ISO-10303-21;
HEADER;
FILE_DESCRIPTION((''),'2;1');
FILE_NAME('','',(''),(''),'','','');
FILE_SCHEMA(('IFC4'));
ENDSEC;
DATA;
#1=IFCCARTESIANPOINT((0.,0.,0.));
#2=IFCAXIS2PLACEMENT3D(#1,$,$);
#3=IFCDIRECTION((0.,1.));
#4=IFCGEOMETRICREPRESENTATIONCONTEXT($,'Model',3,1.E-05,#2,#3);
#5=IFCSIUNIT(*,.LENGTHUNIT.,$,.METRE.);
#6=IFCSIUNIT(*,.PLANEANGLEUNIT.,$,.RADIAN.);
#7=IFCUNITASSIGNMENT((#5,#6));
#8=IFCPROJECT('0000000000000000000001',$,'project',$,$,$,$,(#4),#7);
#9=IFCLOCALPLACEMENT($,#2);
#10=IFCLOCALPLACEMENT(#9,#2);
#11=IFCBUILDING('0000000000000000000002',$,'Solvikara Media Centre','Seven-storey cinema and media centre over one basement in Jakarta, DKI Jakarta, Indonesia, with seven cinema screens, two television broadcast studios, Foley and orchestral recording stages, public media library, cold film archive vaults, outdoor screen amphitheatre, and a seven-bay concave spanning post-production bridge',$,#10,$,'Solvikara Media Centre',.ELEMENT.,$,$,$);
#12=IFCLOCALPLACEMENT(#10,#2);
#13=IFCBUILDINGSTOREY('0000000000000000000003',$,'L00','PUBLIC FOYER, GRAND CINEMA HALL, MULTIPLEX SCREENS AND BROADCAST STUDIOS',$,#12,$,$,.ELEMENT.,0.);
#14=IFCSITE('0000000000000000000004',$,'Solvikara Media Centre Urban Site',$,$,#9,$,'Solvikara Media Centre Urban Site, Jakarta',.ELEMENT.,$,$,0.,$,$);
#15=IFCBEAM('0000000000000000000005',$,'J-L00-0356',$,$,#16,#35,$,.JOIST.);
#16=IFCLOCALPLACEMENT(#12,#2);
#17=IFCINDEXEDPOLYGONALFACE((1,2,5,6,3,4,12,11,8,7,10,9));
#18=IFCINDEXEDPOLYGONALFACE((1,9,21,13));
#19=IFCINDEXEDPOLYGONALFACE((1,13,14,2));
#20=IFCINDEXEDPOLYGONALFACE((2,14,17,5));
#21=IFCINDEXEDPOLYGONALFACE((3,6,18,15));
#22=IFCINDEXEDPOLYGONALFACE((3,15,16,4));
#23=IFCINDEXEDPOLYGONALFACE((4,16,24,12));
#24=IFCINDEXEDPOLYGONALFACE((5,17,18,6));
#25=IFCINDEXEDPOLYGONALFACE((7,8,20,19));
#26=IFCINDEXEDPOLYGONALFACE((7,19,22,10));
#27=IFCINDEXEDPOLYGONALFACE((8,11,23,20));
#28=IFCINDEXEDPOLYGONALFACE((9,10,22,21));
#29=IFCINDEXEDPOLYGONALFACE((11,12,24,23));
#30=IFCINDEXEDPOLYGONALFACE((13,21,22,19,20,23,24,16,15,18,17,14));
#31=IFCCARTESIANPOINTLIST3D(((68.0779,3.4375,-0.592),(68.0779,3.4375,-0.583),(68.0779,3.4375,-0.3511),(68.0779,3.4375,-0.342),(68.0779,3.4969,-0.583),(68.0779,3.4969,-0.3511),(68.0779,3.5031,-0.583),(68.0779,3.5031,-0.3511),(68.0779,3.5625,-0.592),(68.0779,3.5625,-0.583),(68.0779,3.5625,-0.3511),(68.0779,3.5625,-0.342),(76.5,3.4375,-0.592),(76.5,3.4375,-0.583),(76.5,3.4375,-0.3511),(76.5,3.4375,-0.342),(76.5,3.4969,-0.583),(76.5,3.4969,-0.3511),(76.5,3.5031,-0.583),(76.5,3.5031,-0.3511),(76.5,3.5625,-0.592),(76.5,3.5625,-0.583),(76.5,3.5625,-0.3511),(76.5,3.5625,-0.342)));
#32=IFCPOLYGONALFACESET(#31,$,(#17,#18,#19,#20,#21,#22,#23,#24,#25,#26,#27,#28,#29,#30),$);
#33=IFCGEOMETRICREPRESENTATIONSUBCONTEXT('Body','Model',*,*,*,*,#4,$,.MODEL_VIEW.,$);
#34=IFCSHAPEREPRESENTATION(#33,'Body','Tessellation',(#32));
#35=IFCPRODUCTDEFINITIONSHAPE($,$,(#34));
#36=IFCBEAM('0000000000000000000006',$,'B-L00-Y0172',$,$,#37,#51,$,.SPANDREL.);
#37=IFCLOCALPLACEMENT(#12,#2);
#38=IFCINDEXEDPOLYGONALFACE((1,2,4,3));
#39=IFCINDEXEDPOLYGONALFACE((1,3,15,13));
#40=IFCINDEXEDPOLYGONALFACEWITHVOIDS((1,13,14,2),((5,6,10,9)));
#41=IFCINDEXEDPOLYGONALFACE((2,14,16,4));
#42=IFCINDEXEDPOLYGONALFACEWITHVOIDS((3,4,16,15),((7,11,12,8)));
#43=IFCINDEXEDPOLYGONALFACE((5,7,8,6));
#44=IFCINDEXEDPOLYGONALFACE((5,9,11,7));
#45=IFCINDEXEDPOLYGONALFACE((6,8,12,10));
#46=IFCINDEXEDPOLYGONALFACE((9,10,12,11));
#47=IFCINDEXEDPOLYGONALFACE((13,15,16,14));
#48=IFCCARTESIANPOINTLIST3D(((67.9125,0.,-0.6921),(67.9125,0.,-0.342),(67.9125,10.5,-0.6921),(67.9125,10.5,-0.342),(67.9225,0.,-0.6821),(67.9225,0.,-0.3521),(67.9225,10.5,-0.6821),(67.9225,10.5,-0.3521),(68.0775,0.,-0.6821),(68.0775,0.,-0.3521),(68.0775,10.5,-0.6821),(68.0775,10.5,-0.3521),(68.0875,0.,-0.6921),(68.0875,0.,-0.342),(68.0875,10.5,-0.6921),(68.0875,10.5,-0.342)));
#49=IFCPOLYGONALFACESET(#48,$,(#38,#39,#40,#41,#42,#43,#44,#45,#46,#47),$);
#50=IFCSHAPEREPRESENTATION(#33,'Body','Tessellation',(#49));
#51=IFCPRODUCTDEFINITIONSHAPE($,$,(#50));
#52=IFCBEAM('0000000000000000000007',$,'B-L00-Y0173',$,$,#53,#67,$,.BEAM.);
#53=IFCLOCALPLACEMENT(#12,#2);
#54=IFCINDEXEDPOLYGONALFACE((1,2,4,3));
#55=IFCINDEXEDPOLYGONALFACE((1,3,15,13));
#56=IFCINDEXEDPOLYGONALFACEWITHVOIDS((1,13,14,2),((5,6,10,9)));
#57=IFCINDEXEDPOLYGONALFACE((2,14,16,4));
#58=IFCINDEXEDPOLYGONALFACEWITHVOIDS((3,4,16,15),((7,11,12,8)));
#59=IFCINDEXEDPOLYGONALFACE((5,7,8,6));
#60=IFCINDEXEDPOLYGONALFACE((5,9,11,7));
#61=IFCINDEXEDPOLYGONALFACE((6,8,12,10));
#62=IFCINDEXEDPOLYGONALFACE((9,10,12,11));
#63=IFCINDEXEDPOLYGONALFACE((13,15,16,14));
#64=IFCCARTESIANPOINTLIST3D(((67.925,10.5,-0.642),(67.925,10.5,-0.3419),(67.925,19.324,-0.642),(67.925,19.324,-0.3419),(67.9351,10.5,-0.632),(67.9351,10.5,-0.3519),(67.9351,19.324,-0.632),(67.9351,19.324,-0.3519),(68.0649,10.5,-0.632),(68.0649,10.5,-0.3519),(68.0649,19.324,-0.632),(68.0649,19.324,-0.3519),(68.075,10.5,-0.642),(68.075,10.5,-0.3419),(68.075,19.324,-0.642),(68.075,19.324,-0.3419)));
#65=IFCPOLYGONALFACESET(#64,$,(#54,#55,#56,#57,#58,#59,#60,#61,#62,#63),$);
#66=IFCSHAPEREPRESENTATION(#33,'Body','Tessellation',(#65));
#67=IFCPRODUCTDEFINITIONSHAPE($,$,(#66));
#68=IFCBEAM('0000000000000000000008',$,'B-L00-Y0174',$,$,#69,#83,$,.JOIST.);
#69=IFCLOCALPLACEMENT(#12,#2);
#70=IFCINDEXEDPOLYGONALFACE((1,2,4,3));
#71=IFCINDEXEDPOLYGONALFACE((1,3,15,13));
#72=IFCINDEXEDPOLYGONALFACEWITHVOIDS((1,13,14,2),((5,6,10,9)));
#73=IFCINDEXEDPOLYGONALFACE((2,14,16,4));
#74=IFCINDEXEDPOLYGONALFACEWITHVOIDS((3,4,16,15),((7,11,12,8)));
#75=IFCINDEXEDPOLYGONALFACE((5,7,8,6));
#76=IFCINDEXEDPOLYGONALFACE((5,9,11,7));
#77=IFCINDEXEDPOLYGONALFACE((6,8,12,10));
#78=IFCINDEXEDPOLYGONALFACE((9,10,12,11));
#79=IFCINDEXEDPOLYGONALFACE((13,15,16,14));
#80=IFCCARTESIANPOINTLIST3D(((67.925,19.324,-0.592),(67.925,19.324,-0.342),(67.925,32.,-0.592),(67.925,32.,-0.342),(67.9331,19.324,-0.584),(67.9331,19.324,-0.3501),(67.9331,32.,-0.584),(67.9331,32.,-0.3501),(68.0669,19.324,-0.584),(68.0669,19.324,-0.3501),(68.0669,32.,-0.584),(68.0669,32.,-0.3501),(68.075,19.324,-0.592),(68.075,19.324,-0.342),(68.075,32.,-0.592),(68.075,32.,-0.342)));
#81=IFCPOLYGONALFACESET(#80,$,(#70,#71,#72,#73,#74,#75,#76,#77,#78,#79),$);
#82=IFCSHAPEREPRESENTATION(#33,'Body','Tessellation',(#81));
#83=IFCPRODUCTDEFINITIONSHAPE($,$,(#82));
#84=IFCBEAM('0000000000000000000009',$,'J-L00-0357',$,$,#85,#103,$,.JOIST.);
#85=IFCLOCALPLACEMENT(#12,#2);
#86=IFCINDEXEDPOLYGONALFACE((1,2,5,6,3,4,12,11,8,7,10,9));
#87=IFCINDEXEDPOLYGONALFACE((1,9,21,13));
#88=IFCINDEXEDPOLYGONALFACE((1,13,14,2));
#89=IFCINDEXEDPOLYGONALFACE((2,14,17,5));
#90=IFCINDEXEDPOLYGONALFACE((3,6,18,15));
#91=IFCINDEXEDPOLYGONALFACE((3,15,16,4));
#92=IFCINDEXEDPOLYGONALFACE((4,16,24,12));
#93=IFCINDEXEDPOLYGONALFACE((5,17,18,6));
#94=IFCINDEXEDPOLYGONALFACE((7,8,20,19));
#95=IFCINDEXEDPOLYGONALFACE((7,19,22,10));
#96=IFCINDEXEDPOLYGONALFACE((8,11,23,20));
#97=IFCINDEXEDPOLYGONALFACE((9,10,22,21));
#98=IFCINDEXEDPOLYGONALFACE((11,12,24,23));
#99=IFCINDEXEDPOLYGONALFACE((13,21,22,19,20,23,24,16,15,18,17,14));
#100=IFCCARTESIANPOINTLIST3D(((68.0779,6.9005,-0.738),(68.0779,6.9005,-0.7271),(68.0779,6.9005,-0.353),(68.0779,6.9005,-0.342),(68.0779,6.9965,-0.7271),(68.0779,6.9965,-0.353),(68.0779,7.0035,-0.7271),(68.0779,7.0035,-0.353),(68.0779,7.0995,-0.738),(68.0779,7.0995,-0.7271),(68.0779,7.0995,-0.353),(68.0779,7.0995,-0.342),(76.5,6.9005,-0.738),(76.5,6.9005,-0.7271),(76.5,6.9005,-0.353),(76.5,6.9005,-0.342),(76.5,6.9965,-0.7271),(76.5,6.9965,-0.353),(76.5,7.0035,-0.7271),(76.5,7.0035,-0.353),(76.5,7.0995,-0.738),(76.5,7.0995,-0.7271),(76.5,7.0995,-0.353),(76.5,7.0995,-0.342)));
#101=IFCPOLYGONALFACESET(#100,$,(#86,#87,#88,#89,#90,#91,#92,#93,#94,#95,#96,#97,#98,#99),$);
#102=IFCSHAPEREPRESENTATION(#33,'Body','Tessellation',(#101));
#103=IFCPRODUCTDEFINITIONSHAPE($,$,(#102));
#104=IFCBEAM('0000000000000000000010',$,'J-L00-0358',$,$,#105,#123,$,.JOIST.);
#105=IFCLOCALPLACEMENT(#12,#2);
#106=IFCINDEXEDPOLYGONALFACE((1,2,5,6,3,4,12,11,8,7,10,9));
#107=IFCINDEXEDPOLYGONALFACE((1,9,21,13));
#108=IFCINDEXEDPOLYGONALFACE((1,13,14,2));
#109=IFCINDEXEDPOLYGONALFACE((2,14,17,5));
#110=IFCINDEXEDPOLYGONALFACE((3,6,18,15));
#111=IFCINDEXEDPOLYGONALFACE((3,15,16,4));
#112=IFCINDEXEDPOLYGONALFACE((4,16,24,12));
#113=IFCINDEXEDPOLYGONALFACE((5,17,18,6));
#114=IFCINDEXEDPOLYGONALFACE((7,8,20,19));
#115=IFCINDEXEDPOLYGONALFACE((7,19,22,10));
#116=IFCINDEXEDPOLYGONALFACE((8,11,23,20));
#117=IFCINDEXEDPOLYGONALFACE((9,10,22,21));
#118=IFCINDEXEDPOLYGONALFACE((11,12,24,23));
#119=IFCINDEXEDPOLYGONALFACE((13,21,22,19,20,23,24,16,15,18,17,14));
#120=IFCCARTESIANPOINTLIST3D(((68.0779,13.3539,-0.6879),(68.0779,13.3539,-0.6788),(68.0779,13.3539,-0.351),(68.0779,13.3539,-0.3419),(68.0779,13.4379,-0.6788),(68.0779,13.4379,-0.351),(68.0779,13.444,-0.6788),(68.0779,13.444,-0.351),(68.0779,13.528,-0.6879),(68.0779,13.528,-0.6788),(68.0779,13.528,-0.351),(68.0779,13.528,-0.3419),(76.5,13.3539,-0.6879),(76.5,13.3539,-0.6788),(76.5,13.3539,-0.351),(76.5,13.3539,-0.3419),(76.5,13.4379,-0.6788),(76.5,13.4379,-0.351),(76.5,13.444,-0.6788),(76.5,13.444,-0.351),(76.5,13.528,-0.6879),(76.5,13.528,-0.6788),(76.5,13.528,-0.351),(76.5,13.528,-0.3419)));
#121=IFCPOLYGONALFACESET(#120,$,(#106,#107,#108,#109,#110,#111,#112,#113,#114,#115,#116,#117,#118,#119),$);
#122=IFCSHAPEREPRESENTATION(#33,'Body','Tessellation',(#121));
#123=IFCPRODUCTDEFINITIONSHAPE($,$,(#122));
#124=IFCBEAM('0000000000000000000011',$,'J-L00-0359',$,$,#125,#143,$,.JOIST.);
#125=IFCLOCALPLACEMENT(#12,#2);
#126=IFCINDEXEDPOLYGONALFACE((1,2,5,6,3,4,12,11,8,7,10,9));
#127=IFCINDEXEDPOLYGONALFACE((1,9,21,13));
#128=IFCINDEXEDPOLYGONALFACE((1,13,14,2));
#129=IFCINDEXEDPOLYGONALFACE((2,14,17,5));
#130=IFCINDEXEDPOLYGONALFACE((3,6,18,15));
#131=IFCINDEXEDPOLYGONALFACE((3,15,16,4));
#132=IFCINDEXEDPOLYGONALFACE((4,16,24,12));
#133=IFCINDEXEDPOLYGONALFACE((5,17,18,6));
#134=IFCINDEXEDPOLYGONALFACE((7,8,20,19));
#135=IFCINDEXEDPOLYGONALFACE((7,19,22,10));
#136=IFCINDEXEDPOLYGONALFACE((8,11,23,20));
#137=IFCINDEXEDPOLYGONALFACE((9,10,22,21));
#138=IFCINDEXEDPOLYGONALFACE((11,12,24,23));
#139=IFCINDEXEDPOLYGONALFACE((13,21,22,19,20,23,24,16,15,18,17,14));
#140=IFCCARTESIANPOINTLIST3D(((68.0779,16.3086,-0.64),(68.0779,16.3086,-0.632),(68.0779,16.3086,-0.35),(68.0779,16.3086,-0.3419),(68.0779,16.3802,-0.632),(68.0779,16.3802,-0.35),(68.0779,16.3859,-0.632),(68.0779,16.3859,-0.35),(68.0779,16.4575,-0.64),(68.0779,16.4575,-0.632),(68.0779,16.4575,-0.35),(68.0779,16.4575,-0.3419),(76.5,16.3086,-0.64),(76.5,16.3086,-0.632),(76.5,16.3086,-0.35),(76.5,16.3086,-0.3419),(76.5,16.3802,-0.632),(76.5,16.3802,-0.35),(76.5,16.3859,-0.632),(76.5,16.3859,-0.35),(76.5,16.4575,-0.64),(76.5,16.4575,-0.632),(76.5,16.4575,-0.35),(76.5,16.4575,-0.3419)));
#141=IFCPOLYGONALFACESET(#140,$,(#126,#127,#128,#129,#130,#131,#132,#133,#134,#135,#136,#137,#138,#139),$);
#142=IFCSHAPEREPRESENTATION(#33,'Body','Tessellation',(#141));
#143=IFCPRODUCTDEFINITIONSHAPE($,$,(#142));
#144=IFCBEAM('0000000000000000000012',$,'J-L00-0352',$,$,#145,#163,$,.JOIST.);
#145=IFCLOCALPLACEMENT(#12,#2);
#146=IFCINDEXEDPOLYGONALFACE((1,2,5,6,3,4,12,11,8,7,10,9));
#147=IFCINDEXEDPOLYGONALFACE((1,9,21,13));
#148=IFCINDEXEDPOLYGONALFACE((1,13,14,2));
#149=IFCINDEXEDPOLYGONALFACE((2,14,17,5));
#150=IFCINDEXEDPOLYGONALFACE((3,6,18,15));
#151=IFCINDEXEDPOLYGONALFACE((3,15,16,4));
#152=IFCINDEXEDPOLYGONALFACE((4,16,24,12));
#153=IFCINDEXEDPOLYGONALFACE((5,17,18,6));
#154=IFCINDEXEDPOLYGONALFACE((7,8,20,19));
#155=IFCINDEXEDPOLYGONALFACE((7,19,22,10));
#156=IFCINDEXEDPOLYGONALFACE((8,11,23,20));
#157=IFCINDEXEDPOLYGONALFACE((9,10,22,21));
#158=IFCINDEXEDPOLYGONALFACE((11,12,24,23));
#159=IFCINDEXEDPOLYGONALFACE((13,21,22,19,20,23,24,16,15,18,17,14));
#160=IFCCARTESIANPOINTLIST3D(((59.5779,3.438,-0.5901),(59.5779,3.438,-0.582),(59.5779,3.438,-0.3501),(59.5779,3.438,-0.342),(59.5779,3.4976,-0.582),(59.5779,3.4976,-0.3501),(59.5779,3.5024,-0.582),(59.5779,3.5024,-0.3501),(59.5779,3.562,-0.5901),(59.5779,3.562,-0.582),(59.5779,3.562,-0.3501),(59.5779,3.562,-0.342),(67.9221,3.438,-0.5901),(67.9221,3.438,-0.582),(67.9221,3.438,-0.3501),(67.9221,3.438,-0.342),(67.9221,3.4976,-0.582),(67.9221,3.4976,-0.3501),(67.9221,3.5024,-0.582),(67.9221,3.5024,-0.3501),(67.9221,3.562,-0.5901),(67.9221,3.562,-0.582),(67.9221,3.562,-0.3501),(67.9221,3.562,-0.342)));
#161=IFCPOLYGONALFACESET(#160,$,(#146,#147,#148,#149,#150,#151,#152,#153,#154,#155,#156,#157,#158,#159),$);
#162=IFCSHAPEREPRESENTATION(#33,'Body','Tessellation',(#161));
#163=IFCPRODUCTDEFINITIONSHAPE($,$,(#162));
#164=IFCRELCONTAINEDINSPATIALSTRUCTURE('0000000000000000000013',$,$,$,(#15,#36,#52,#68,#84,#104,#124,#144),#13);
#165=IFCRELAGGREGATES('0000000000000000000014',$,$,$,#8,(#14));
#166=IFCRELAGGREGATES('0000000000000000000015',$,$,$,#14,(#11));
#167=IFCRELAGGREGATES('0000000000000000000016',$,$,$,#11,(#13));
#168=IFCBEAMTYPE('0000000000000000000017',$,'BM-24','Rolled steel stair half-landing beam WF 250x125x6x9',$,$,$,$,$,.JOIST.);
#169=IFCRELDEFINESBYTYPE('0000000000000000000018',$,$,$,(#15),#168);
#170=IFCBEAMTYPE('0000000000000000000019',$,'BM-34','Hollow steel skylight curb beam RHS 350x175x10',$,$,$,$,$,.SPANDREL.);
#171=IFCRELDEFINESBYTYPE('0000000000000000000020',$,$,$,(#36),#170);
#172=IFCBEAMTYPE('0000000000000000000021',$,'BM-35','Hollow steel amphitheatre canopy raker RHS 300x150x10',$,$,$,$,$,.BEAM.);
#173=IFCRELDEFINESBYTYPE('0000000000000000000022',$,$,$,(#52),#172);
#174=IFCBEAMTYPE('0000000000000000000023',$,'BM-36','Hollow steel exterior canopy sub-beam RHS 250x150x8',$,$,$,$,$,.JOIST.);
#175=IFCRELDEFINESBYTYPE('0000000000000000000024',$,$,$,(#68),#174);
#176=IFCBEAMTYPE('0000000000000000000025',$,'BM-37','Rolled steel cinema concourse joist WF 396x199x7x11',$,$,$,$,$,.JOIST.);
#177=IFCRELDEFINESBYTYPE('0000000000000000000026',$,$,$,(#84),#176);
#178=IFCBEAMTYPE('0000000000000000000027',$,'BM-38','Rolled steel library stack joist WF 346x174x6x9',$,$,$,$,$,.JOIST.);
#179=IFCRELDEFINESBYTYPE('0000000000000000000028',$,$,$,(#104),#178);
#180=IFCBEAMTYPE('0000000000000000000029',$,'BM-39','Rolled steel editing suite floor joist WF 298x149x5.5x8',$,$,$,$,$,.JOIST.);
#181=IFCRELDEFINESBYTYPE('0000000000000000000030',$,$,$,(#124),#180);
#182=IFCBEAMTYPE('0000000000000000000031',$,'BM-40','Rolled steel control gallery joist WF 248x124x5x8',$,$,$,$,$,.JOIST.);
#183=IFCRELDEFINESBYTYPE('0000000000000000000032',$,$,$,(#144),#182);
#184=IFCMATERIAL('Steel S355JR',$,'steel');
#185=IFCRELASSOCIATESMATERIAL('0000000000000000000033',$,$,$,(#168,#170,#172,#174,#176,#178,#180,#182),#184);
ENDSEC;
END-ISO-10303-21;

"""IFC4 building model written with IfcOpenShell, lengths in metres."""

from ifc_helpers import new_model, si_unit, direction, frame, origin, origin_2d, place, context, subcontext, project, spatial, hollow_rectangle, i_section, extrude, material, material_profile, profile_set, type_object, element, save


model = new_model("IFC4")

# Units and contexts
model_context = context("Model", 3, precision=1e-05, world=origin(), true_north=direction((0.0, 1.0)))
body_context = subcontext(model_context, "Body", "Model", "MODEL_VIEW")
ifc_project = project(units=[si_unit("LENGTHUNIT", "METRE"), si_unit("PLANEANGLEUNIT", "RADIAN")], contexts=[model_context])

# Site, building, storey
site_placement = place(None, origin())
site = spatial("IfcSite", under=ifc_project, at=site_placement, Name="Solvikara Media Centre Urban Site", LongName="Solvikara Media Centre Urban Site, Jakarta", CompositionType="ELEMENT", RefElevation=0.0)
building_placement = place(site_placement, origin())
building = spatial("IfcBuilding", under=site, at=building_placement, Name="Solvikara Media Centre", Description="Seven-storey cinema and media centre over one basement in Jakarta, DKI Jakarta, Indonesia, with seven cinema screens, two television broadcast studios, Foley and orchestral recording stages, public media library, cold film archive vaults, outdoor screen amphitheatre, and a seven-bay concave spanning post-production bridge", LongName="Solvikara Media Centre", CompositionType="ELEMENT")
storey_placement = place(building_placement, origin())
storey = spatial("IfcBuildingStorey", under=building, at=storey_placement, Name="L00", Description="PUBLIC FOYER, GRAND CINEMA HALL, MULTIPLEX SCREENS AND BROADCAST STUDIOS", CompositionType="ELEMENT", Elevation=0.0)

# Beams
ifc_material_1 = material(Name="Steel S355JR", Category="steel")
ifc_material_profile_1 = material_profile(ifc_material_1, i_section(OverallWidth=0.125, OverallDepth=0.25, WebThickness=0.0061, FlangeThickness=0.009, at=origin_2d()), Name="WF 250x125x6x9")
ifc_profile_set_1 = profile_set([ifc_material_profile_1], Name="Steel S355JR")
beam_type_1 = type_object("IfcBeamType", Name="BM-24", Description="Rolled steel stair half-landing beam WF 250x125x6x9", PredefinedType="JOIST", material=ifc_profile_set_1)
beam_1_placement = place(storey_placement, frame((68.0779, 3.5, -0.467), z_axis=(1.0, 0.0, 0.0), x_axis=(0.0, 1.0, 0.0)))
element("IfcBeam", 1, at=beam_1_placement, inside=storey, type_object=beam_type_1, Name="J-L00-0356", PredefinedType="JOIST", context=body_context, shape_type="SweptSolid", body=[
    extrude(i_section(OverallWidth=0.125, OverallDepth=0.25, WebThickness=0.0061, FlangeThickness=0.009, at=origin_2d()), origin(), (0.0, 0.0, 1.0), 8.4221),
])
ifc_material_profile_2 = material_profile(ifc_material_1, hollow_rectangle(XDim=0.175, YDim=0.3501, WallThickness=0.01, at=origin_2d()), Name="RHS 350x175x10")
ifc_profile_set_2 = profile_set([ifc_material_profile_2], Name="Steel S355JR")
beam_type_2 = type_object("IfcBeamType", Name="BM-34", Description="Hollow steel skylight curb beam RHS 350x175x10", PredefinedType="SPANDREL", material=ifc_profile_set_2)
beam_2_placement = place(storey_placement, frame((68.0, 0.0, -0.5171), z_axis=(0.0, 1.0, 0.0), x_axis=(-1.0, 0.0, 0.0)))
element("IfcBeam", 2, at=beam_2_placement, inside=storey, type_object=beam_type_2, Name="B-L00-Y0172", PredefinedType="SPANDREL", context=body_context, shape_type="SweptSolid", body=[
    extrude(hollow_rectangle(XDim=0.175, YDim=0.3501, WallThickness=0.01, at=origin_2d()), origin(), (0.0, 0.0, 1.0), 10.5),
])
ifc_material_profile_3 = material_profile(ifc_material_1, hollow_rectangle(XDim=0.1499, YDim=0.3, WallThickness=0.01, at=origin_2d()), Name="RHS 300x150x10")
ifc_profile_set_3 = profile_set([ifc_material_profile_3], Name="Steel S355JR")
beam_type_3 = type_object("IfcBeamType", Name="BM-35", Description="Hollow steel amphitheatre canopy raker RHS 300x150x10", PredefinedType="BEAM", material=ifc_profile_set_3)
beam_3_placement = place(storey_placement, frame((68.0, 10.5, -0.4919), z_axis=(0.0, 1.0, 0.0), x_axis=(-1.0, 0.0, 0.0)))
element("IfcBeam", 3, at=beam_3_placement, inside=storey, type_object=beam_type_3, Name="B-L00-Y0173", PredefinedType="BEAM", context=body_context, shape_type="SweptSolid", body=[
    extrude(hollow_rectangle(XDim=0.1499, YDim=0.3, WallThickness=0.01, at=origin_2d()), origin(), (0.0, 0.0, 1.0), 8.824),
])
ifc_material_profile_4 = material_profile(ifc_material_1, hollow_rectangle(XDim=0.1499, YDim=0.25, WallThickness=0.0081, at=origin_2d()), Name="RHS 250x150x8")
ifc_profile_set_4 = profile_set([ifc_material_profile_4], Name="Steel S355JR")
beam_type_4 = type_object("IfcBeamType", Name="BM-36", Description="Hollow steel exterior canopy sub-beam RHS 250x150x8", PredefinedType="JOIST", material=ifc_profile_set_4)
beam_4_placement = place(storey_placement, frame((68.0, 19.324, -0.467), z_axis=(0.0, 1.0, 0.0), x_axis=(-1.0, 0.0, 0.0)))
element("IfcBeam", 4, at=beam_4_placement, inside=storey, type_object=beam_type_4, Name="B-L00-Y0174", PredefinedType="JOIST", context=body_context, shape_type="SweptSolid", body=[
    extrude(hollow_rectangle(XDim=0.1499, YDim=0.25, WallThickness=0.0081, at=origin_2d()), origin(), (0.0, 0.0, 1.0), 12.676),
])
ifc_material_profile_5 = material_profile(ifc_material_1, i_section(OverallWidth=0.199, OverallDepth=0.396, WebThickness=0.0071, FlangeThickness=0.011, at=origin_2d()), Name="WF 396x199x7x11")
ifc_profile_set_5 = profile_set([ifc_material_profile_5], Name="Steel S355JR")
beam_type_5 = type_object("IfcBeamType", Name="BM-37", Description="Rolled steel cinema concourse joist WF 396x199x7x11", PredefinedType="JOIST", material=ifc_profile_set_5)
beam_5_placement = place(storey_placement, frame((68.0779, 7.0, -0.54), z_axis=(1.0, 0.0, 0.0), x_axis=(0.0, 1.0, 0.0)))
element("IfcBeam", 5, at=beam_5_placement, inside=storey, type_object=beam_type_5, Name="J-L00-0357", PredefinedType="JOIST", context=body_context, shape_type="SweptSolid", body=[
    extrude(i_section(OverallWidth=0.199, OverallDepth=0.396, WebThickness=0.0071, FlangeThickness=0.011, at=origin_2d()), origin(), (0.0, 0.0, 1.0), 8.4221),
])
ifc_material_profile_6 = material_profile(ifc_material_1, i_section(OverallWidth=0.1741, OverallDepth=0.3459, WebThickness=0.0061, FlangeThickness=0.009, at=origin_2d()), Name="WF 346x174x6x9")
ifc_profile_set_6 = profile_set([ifc_material_profile_6], Name="Steel S355JR")
beam_type_6 = type_object("IfcBeamType", Name="BM-38", Description="Rolled steel library stack joist WF 346x174x6x9", PredefinedType="JOIST", material=ifc_profile_set_6)
beam_6_placement = place(storey_placement, frame((68.0779, 13.4409, -0.5149), z_axis=(1.0, 0.0, 0.0), x_axis=(0.0, 1.0, 0.0)))
element("IfcBeam", 6, at=beam_6_placement, inside=storey, type_object=beam_type_6, Name="J-L00-0358", PredefinedType="JOIST", context=body_context, shape_type="SweptSolid", body=[
    extrude(i_section(OverallWidth=0.1741, OverallDepth=0.3459, WebThickness=0.0061, FlangeThickness=0.009, at=origin_2d()), origin(), (0.0, 0.0, 1.0), 8.4221),
])
ifc_material_profile_7 = material_profile(ifc_material_1, i_section(OverallWidth=0.1489, OverallDepth=0.2981, WebThickness=0.0056, FlangeThickness=0.0081, at=origin_2d()), Name="WF 298x149x5.5x8")
ifc_profile_set_7 = profile_set([ifc_material_profile_7], Name="Steel S355JR")
beam_type_7 = type_object("IfcBeamType", Name="BM-39", Description="Rolled steel editing suite floor joist WF 298x149x5.5x8", PredefinedType="JOIST", material=ifc_profile_set_7)
beam_7_placement = place(storey_placement, frame((68.0779, 16.3831, -0.491), z_axis=(1.0, 0.0, 0.0), x_axis=(0.0, 1.0, 0.0)))
element("IfcBeam", 7, at=beam_7_placement, inside=storey, type_object=beam_type_7, Name="J-L00-0359", PredefinedType="JOIST", context=body_context, shape_type="SweptSolid", body=[
    extrude(i_section(OverallWidth=0.1489, OverallDepth=0.2981, WebThickness=0.0056, FlangeThickness=0.0081, at=origin_2d()), origin(), (0.0, 0.0, 1.0), 8.4221),
])
ifc_material_profile_8 = material_profile(ifc_material_1, i_section(OverallWidth=0.124, OverallDepth=0.248, WebThickness=0.0049, FlangeThickness=0.0081, at=origin_2d()), Name="WF 248x124x5x8")
ifc_profile_set_8 = profile_set([ifc_material_profile_8], Name="Steel S355JR")
beam_type_8 = type_object("IfcBeamType", Name="BM-40", Description="Rolled steel control gallery joist WF 248x124x5x8", PredefinedType="JOIST", material=ifc_profile_set_8)
beam_8_placement = place(storey_placement, frame((59.5779, 3.5, -0.4661), z_axis=(1.0, 0.0, 0.0), x_axis=(0.0, 1.0, 0.0)))
element("IfcBeam", 8, at=beam_8_placement, inside=storey, type_object=beam_type_8, Name="J-L00-0352", PredefinedType="JOIST", context=body_context, shape_type="SweptSolid", body=[
    extrude(i_section(OverallWidth=0.124, OverallDepth=0.248, WebThickness=0.0049, FlangeThickness=0.0081, at=origin_2d()), origin(), (0.0, 0.0, 1.0), 8.3442),
])

save(model, "model.ifc")
